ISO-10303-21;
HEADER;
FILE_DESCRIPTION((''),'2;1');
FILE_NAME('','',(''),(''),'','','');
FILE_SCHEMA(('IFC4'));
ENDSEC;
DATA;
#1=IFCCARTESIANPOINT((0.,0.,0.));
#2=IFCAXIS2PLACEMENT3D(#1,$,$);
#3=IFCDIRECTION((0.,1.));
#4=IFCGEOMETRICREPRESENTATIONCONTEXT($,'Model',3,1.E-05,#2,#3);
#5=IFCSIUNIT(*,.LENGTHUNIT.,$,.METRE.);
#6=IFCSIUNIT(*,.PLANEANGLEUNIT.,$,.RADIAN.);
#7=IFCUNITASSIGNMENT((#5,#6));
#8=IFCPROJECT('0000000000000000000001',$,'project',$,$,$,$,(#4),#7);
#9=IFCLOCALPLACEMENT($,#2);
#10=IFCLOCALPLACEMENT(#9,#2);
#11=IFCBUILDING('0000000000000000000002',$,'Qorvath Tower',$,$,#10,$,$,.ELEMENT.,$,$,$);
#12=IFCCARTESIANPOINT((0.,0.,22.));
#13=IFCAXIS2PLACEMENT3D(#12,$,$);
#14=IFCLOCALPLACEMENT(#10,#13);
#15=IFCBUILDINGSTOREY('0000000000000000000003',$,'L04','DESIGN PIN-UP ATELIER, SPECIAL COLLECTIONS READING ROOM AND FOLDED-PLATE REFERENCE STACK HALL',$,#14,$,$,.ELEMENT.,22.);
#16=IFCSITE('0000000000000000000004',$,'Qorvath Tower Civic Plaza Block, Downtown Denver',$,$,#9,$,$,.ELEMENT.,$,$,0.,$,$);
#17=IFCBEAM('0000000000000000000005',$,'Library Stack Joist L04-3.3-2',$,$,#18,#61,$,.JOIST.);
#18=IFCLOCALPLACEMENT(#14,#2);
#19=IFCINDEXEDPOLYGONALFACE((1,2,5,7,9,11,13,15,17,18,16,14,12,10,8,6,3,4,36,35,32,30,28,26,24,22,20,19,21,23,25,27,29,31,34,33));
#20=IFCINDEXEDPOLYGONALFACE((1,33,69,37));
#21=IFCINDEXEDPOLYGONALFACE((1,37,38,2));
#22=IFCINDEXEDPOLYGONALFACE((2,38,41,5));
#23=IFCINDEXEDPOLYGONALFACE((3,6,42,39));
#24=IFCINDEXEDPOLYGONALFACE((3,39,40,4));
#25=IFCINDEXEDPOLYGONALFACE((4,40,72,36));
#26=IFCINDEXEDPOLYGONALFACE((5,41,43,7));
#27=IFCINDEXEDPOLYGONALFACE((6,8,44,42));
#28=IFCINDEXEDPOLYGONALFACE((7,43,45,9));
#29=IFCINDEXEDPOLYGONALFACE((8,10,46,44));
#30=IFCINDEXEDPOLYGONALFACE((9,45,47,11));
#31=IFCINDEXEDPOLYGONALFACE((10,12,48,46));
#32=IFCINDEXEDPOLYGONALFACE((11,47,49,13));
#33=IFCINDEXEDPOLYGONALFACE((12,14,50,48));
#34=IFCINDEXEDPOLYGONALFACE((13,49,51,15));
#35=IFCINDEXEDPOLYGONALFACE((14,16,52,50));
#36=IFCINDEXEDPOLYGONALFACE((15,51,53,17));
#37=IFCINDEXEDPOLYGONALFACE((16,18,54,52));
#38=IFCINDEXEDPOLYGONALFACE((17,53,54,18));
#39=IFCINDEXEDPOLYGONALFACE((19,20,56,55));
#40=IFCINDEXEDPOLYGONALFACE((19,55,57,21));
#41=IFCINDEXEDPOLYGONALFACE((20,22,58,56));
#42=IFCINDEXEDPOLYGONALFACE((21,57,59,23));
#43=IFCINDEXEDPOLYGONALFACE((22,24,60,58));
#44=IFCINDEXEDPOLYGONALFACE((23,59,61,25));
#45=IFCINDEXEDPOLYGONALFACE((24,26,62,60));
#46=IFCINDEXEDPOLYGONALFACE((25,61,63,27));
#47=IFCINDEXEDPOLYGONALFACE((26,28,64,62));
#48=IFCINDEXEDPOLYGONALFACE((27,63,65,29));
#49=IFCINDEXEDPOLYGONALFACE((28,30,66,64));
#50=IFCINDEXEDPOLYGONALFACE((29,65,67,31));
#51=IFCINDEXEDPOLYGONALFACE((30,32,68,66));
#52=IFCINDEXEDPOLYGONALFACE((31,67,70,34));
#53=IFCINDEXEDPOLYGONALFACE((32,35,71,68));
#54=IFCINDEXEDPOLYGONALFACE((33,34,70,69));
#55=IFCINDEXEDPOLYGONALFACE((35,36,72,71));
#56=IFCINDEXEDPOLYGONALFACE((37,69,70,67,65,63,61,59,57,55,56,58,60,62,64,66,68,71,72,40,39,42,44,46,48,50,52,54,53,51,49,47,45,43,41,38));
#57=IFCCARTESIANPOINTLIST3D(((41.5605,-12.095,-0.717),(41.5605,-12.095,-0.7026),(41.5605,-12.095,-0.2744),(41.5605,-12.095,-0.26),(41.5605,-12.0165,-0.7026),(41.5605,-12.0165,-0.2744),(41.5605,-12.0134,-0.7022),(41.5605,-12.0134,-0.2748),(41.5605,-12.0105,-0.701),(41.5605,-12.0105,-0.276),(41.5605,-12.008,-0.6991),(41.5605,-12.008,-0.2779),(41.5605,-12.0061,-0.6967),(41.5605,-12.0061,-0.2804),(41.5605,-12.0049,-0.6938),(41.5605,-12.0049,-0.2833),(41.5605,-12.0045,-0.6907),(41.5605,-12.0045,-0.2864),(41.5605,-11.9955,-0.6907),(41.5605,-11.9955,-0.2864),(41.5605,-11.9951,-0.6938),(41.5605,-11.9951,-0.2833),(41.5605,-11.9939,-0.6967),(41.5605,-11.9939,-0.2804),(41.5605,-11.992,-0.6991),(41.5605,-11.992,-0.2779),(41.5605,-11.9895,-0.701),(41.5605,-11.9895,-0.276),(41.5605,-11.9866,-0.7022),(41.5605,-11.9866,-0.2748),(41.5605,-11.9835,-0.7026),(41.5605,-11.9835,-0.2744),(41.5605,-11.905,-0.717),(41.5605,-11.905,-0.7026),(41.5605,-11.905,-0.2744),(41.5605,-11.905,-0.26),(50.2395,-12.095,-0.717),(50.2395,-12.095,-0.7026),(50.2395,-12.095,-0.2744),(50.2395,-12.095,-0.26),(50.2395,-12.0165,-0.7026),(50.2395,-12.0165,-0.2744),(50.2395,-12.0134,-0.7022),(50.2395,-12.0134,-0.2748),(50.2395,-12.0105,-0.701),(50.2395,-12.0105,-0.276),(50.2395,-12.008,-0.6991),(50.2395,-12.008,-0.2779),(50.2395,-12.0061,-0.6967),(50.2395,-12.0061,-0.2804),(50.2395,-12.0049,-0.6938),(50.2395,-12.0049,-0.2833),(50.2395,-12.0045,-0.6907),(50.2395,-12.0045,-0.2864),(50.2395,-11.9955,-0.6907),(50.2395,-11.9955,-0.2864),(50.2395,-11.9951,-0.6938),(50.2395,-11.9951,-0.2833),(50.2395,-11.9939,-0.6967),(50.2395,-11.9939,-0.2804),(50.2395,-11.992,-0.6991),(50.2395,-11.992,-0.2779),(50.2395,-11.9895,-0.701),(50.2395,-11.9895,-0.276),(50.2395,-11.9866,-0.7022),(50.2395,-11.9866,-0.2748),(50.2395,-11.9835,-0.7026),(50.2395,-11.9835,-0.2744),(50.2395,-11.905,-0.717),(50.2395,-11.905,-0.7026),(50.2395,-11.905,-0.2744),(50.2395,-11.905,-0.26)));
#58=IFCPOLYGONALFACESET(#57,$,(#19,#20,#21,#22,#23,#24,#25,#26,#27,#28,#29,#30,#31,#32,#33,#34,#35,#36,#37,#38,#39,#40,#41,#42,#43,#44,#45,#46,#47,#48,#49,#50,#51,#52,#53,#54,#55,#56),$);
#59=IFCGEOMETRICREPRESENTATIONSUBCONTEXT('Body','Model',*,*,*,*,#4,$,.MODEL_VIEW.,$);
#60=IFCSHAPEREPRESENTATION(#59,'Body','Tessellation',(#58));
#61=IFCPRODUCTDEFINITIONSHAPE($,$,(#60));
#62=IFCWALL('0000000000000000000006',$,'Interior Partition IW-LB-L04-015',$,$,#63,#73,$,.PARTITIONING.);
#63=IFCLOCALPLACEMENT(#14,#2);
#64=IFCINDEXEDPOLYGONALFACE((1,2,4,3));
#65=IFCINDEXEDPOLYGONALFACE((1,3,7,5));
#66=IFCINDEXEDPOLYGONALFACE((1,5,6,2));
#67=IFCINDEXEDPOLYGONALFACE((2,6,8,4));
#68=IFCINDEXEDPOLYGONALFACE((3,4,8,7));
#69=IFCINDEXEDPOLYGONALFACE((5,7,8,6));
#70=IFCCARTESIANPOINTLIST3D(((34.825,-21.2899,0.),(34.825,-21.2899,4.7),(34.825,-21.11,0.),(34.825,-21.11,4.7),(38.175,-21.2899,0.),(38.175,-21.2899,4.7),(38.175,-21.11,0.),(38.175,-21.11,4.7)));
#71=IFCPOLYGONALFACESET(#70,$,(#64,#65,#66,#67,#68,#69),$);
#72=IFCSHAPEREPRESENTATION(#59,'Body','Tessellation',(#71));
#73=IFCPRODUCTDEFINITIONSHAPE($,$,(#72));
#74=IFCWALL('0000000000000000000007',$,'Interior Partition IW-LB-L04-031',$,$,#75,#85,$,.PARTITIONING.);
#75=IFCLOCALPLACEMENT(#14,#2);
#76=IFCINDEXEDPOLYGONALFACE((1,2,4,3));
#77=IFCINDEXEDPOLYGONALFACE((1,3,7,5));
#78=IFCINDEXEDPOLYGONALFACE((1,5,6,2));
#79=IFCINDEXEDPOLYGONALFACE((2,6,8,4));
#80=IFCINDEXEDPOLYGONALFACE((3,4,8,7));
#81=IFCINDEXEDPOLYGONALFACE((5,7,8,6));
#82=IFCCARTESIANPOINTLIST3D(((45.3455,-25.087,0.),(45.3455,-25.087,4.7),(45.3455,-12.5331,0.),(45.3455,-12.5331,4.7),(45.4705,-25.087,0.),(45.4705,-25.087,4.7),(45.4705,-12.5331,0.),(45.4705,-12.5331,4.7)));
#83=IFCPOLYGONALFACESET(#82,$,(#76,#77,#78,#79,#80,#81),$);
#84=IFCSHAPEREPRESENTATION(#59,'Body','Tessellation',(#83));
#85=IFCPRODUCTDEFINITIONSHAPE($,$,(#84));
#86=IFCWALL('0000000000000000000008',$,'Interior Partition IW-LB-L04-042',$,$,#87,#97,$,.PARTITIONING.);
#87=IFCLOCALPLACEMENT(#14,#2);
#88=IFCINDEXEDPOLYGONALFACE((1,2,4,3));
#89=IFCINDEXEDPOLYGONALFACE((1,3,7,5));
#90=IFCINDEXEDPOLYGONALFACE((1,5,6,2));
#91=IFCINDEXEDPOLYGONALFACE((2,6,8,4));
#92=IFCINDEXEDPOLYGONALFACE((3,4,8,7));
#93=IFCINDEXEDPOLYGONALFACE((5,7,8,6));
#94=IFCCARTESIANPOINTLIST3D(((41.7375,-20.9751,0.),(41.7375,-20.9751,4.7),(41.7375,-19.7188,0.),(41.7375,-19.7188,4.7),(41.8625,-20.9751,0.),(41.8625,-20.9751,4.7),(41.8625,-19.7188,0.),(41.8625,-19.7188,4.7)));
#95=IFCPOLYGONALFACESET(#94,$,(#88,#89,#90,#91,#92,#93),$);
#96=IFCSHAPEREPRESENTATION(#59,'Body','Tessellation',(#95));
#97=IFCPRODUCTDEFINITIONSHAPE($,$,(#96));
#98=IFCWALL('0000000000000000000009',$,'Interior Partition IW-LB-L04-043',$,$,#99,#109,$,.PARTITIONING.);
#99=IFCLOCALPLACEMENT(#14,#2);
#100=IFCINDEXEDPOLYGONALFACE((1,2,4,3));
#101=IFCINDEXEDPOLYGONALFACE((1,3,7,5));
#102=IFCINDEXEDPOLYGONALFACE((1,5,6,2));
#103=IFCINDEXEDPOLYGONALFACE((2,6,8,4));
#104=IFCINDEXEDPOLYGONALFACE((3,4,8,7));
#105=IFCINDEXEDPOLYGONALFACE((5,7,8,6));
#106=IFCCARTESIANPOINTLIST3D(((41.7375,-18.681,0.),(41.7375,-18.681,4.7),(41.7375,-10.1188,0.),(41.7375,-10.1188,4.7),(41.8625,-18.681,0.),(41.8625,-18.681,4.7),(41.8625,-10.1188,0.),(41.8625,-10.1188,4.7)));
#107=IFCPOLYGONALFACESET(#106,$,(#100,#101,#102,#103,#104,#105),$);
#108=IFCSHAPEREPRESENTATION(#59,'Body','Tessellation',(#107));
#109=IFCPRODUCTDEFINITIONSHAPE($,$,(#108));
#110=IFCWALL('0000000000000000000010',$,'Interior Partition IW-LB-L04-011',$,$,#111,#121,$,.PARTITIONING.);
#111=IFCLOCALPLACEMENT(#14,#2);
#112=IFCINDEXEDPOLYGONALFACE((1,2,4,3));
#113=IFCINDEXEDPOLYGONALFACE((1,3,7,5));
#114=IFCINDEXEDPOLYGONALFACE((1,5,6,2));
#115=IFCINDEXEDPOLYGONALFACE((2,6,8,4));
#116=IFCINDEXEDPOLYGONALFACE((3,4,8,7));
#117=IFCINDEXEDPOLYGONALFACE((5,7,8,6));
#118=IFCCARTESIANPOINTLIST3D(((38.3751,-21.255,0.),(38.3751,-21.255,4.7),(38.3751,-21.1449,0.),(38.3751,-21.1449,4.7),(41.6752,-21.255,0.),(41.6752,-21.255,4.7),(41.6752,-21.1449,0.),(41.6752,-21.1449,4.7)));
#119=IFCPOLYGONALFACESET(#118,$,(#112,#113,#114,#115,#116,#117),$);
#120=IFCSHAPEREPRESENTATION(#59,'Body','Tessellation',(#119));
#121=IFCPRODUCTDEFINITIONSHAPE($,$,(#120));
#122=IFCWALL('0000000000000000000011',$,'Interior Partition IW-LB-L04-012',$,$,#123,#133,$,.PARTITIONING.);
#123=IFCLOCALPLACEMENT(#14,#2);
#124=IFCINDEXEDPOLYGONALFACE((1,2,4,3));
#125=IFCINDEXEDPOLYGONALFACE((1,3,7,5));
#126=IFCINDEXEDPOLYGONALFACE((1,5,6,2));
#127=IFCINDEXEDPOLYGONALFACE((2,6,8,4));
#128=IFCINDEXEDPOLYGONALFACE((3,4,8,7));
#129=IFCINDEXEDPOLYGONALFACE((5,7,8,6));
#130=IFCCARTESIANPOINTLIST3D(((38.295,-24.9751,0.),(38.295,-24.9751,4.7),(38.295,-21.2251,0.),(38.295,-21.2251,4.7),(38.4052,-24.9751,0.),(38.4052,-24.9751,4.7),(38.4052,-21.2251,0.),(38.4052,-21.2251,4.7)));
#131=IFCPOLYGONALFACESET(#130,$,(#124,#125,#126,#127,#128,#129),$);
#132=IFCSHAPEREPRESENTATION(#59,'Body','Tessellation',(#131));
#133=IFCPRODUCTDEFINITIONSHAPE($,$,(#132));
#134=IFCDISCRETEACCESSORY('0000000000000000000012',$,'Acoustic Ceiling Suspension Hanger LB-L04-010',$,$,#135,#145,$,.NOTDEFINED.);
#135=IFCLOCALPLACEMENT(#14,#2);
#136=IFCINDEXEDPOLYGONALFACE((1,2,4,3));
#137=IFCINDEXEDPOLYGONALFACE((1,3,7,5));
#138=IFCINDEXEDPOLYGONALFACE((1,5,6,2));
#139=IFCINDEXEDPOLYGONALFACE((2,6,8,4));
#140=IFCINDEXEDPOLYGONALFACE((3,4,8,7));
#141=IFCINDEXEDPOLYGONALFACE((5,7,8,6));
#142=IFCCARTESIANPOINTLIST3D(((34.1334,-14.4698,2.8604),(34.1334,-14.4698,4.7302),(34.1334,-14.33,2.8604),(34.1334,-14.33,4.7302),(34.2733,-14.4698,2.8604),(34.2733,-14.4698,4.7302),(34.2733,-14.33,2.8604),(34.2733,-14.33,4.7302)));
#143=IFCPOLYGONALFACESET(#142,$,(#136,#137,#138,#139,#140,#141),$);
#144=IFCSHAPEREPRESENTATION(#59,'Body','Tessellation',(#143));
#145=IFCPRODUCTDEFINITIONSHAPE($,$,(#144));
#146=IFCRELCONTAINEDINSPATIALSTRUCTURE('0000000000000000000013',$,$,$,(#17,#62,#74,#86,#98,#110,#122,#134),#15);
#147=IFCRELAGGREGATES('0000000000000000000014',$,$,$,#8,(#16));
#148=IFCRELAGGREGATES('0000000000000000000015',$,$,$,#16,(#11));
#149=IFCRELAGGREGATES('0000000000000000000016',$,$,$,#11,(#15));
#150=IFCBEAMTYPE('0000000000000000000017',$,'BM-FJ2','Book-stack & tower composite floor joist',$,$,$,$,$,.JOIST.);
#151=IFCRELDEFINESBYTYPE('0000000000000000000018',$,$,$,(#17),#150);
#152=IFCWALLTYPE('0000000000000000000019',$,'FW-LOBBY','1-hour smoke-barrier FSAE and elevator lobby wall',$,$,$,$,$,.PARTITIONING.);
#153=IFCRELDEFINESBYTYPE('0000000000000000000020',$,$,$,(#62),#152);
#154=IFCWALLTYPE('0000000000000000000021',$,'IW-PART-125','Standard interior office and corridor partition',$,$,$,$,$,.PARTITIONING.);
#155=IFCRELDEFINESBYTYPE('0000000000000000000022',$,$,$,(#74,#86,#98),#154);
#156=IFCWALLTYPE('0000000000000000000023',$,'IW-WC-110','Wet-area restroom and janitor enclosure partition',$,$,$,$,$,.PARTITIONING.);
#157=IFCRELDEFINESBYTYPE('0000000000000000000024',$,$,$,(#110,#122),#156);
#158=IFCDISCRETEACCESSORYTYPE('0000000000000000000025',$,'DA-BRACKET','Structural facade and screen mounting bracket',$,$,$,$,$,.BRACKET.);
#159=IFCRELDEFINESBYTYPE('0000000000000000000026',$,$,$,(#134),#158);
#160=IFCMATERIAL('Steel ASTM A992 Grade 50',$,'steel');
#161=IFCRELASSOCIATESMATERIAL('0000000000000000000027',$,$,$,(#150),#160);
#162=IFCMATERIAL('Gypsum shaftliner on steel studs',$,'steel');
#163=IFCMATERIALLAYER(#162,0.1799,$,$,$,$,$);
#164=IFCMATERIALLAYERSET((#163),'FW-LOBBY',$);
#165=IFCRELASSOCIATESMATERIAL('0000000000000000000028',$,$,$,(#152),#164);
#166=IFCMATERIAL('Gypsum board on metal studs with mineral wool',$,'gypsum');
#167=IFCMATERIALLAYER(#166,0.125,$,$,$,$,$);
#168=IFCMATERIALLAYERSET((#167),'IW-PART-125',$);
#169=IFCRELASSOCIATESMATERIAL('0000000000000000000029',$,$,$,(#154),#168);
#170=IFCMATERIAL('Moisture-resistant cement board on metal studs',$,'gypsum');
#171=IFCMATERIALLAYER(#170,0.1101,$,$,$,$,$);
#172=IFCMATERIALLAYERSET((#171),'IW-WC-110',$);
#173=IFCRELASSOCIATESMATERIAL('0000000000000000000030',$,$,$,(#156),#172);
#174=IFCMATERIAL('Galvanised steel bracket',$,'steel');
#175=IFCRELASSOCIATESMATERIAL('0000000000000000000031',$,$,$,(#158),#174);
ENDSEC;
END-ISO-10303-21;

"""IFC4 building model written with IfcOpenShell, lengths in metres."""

from ifc_helpers import new_model, si_unit, direction, frame, frame_2d, origin, origin_2d, place, context, subcontext, project, spatial, rectangle, i_section, extrude, material, layer, layer_set, material_profile, profile_set, type_object, element, save


model = new_model("IFC4")

# Units and contexts
model_context = context("Model", 3, precision=1e-05, world=origin(), true_north=direction((0.0, 1.0)))
body_context = subcontext(model_context, "Body", "Model", "MODEL_VIEW")
ifc_project = project(units=[si_unit("LENGTHUNIT", "METRE"), si_unit("PLANEANGLEUNIT", "RADIAN")], contexts=[model_context])

# Site, building, storey
site_placement = place(None, origin())
site = spatial("IfcSite", under=ifc_project, at=site_placement, Name="Qorvath Tower Civic Plaza Block, Downtown Denver", CompositionType="ELEMENT", RefElevation=0.0)
building_placement = place(site_placement, origin())
building = spatial("IfcBuilding", under=site, at=building_placement, Name="Qorvath Tower", CompositionType="ELEMENT")
storey_placement = place(building_placement, frame((0.0, 0.0, 22.0)))
storey = spatial("IfcBuildingStorey", under=building, at=storey_placement, Name="L04", Description="DESIGN PIN-UP ATELIER, SPECIAL COLLECTIONS READING ROOM AND FOLDED-PLATE REFERENCE STACK HALL", CompositionType="ELEMENT", Elevation=22.0)

# Beam
ifc_material_1 = material(Name="Steel ASTM A992 Grade 50", Category="steel")
ifc_material_profile_1 = material_profile(ifc_material_1, i_section(OverallWidth=0.1899, OverallDepth=0.457, WebThickness=0.009, FlangeThickness=0.0144, FilletRadius=0.012, at=origin_2d()), Name="W18x50")
ifc_profile_set_1 = profile_set([ifc_material_profile_1], Name="Steel ASTM A992 Grade 50")
beam_type_1 = type_object("IfcBeamType", Name="BM-FJ2", Description="Book-stack & tower composite floor joist", PredefinedType="JOIST", material=ifc_profile_set_1)
beam_1_placement = place(storey_placement, frame((41.5605, -12.0, -0.4885), z_axis=(1.0, 0.0, 0.0), x_axis=(0.0, 1.0, 0.0)))
element("IfcBeam", 1, at=beam_1_placement, inside=storey, type_object=beam_type_1, Name="Library Stack Joist L04-3.3-2", PredefinedType="JOIST", context=body_context, shape_type="SweptSolid", body=[
    extrude(i_section(OverallWidth=0.1899, OverallDepth=0.457, WebThickness=0.009, FlangeThickness=0.0144, FilletRadius=0.012, at=origin_2d()), origin(), (0.0, 0.0, 1.0), 8.679),
])

# Walls
ifc_material_2 = material(Name="Gypsum shaftliner on steel studs", Category="steel")
ifc_layer_1 = layer(ifc_material_2, 0.1799)
ifc_layer_set_1 = layer_set([ifc_layer_1], Name="FW-LOBBY")
wall_type_1 = type_object("IfcWallType", Name="FW-LOBBY", Description="1-hour smoke-barrier FSAE and elevator lobby wall", PredefinedType="PARTITIONING", material=ifc_layer_set_1)
wall_1_placement = place(storey_placement, frame((38.175, -21.2, 0.0), z_axis=(0.0, 0.0, 1.0), x_axis=(-1.0, 0.0, 0.0)))
element("IfcWall", 2, at=wall_1_placement, inside=storey, type_object=wall_type_1, Name="Interior Partition IW-LB-L04-015", PredefinedType="PARTITIONING", context=body_context, shape_type="SweptSolid", body=[
    extrude(rectangle(XDim=3.3501, YDim=0.1799, at=frame_2d((1.675, 0.0))), origin(), (0.0, 0.0, 1.0), 4.7),
])
ifc_material_3 = material(Name="Gypsum board on metal studs with mineral wool", Category="gypsum")
ifc_layer_2 = layer(ifc_material_3, 0.125)
ifc_layer_set_2 = layer_set([ifc_layer_2], Name="IW-PART-125")
wall_type_2 = type_object("IfcWallType", Name="IW-PART-125", Description="Standard interior office and corridor partition", PredefinedType="PARTITIONING", material=ifc_layer_set_2)
wall_2_placement = place(storey_placement, frame((45.408, -12.5332, 0.0), z_axis=(0.0, 0.0, 1.0), x_axis=(0.0, -1.0, 0.0)))
element("IfcWall", 3, at=wall_2_placement, inside=storey, type_object=wall_type_2, Name="Interior Partition IW-LB-L04-031", PredefinedType="PARTITIONING", context=body_context, shape_type="SweptSolid", body=[
    extrude(rectangle(XDim=12.554, YDim=0.125, at=frame_2d((6.2769, 0.0))), origin(), (0.0, 0.0, 1.0), 4.7),
])
wall_3_placement = place(storey_placement, frame((41.8, -20.9751, 0.0), z_axis=(0.0, 0.0, 1.0), x_axis=(0.0, 1.0, 0.0)))
element("IfcWall", 4, at=wall_3_placement, inside=storey, type_object=wall_type_2, Name="Interior Partition IW-LB-L04-042", PredefinedType="PARTITIONING", context=body_context, shape_type="SweptSolid", body=[
    extrude(rectangle(XDim=1.2563, YDim=0.125, at=frame_2d((0.6282, 0.0))), origin(), (0.0, 0.0, 1.0), 4.7),
])
wall_4_placement = place(storey_placement, frame((41.8, -18.6812, 0.0), z_axis=(0.0, 0.0, 1.0), x_axis=(0.0, 1.0, 0.0)))
element("IfcWall", 5, at=wall_4_placement, inside=storey, type_object=wall_type_2, Name="Interior Partition IW-LB-L04-043", PredefinedType="PARTITIONING", context=body_context, shape_type="SweptSolid", body=[
    extrude(rectangle(XDim=8.5623, YDim=0.125, at=frame_2d((4.2812, 0.0))), origin(), (0.0, 0.0, 1.0), 4.7),
])
ifc_material_4 = material(Name="Moisture-resistant cement board on metal studs", Category="gypsum")
ifc_layer_3 = layer(ifc_material_4, 0.1101)
ifc_layer_set_3 = layer_set([ifc_layer_3], Name="IW-WC-110")
wall_type_3 = type_object("IfcWallType", Name="IW-WC-110", Description="Wet-area restroom and janitor enclosure partition", PredefinedType="PARTITIONING", material=ifc_layer_set_3)
wall_5_placement = place(storey_placement, frame((41.675, -21.2, 0.0), z_axis=(0.0, 0.0, 1.0), x_axis=(-1.0, 0.0, 0.0)))
element("IfcWall", 6, at=wall_5_placement, inside=storey, type_object=wall_type_3, Name="Interior Partition IW-LB-L04-011", PredefinedType="PARTITIONING", context=body_context, shape_type="SweptSolid", body=[
    extrude(rectangle(XDim=3.3, YDim=0.1101, at=frame_2d((1.6499, 0.0))), origin(), (0.0, 0.0, 1.0), 4.7),
])
wall_6_placement = place(storey_placement, frame((38.3501, -21.2251, 0.0), z_axis=(0.0, 0.0, 1.0), x_axis=(0.0, -1.0, 0.0)))
element("IfcWall", 7, at=wall_6_placement, inside=storey, type_object=wall_type_3, Name="Interior Partition IW-LB-L04-012", PredefinedType="PARTITIONING", context=body_context, shape_type="SweptSolid", body=[
    extrude(rectangle(XDim=3.75, YDim=0.1101, at=frame_2d((1.875, 0.0))), origin(), (0.0, 0.0, 1.0), 4.7),
])

# Discrete accessory
ifc_material_5 = material(Name="Galvanised steel bracket", Category="steel")
discrete_accessory_type = type_object("IfcDiscreteAccessoryType", Name="DA-BRACKET", Description="Structural facade and screen mounting bracket", PredefinedType="BRACKET", material=ifc_material_5)
discrete_accessory_placement = place(storey_placement, frame((34.2034, -14.3999, 2.8604), z_axis=(0.0, 0.0, 1.0), x_axis=(1.0, 0.0, 0.0)))
element("IfcDiscreteAccessory", 8, at=discrete_accessory_placement, inside=storey, type_object=discrete_accessory_type, Name="Acoustic Ceiling Suspension Hanger LB-L04-010", PredefinedType="NOTDEFINED", context=body_context, shape_type="SweptSolid", body=[
    extrude(rectangle(XDim=0.1399, YDim=0.1399, at=origin_2d()), origin(), (0.0, 0.0, 1.0), 1.8699),
])

save(model, "model.ifc")
